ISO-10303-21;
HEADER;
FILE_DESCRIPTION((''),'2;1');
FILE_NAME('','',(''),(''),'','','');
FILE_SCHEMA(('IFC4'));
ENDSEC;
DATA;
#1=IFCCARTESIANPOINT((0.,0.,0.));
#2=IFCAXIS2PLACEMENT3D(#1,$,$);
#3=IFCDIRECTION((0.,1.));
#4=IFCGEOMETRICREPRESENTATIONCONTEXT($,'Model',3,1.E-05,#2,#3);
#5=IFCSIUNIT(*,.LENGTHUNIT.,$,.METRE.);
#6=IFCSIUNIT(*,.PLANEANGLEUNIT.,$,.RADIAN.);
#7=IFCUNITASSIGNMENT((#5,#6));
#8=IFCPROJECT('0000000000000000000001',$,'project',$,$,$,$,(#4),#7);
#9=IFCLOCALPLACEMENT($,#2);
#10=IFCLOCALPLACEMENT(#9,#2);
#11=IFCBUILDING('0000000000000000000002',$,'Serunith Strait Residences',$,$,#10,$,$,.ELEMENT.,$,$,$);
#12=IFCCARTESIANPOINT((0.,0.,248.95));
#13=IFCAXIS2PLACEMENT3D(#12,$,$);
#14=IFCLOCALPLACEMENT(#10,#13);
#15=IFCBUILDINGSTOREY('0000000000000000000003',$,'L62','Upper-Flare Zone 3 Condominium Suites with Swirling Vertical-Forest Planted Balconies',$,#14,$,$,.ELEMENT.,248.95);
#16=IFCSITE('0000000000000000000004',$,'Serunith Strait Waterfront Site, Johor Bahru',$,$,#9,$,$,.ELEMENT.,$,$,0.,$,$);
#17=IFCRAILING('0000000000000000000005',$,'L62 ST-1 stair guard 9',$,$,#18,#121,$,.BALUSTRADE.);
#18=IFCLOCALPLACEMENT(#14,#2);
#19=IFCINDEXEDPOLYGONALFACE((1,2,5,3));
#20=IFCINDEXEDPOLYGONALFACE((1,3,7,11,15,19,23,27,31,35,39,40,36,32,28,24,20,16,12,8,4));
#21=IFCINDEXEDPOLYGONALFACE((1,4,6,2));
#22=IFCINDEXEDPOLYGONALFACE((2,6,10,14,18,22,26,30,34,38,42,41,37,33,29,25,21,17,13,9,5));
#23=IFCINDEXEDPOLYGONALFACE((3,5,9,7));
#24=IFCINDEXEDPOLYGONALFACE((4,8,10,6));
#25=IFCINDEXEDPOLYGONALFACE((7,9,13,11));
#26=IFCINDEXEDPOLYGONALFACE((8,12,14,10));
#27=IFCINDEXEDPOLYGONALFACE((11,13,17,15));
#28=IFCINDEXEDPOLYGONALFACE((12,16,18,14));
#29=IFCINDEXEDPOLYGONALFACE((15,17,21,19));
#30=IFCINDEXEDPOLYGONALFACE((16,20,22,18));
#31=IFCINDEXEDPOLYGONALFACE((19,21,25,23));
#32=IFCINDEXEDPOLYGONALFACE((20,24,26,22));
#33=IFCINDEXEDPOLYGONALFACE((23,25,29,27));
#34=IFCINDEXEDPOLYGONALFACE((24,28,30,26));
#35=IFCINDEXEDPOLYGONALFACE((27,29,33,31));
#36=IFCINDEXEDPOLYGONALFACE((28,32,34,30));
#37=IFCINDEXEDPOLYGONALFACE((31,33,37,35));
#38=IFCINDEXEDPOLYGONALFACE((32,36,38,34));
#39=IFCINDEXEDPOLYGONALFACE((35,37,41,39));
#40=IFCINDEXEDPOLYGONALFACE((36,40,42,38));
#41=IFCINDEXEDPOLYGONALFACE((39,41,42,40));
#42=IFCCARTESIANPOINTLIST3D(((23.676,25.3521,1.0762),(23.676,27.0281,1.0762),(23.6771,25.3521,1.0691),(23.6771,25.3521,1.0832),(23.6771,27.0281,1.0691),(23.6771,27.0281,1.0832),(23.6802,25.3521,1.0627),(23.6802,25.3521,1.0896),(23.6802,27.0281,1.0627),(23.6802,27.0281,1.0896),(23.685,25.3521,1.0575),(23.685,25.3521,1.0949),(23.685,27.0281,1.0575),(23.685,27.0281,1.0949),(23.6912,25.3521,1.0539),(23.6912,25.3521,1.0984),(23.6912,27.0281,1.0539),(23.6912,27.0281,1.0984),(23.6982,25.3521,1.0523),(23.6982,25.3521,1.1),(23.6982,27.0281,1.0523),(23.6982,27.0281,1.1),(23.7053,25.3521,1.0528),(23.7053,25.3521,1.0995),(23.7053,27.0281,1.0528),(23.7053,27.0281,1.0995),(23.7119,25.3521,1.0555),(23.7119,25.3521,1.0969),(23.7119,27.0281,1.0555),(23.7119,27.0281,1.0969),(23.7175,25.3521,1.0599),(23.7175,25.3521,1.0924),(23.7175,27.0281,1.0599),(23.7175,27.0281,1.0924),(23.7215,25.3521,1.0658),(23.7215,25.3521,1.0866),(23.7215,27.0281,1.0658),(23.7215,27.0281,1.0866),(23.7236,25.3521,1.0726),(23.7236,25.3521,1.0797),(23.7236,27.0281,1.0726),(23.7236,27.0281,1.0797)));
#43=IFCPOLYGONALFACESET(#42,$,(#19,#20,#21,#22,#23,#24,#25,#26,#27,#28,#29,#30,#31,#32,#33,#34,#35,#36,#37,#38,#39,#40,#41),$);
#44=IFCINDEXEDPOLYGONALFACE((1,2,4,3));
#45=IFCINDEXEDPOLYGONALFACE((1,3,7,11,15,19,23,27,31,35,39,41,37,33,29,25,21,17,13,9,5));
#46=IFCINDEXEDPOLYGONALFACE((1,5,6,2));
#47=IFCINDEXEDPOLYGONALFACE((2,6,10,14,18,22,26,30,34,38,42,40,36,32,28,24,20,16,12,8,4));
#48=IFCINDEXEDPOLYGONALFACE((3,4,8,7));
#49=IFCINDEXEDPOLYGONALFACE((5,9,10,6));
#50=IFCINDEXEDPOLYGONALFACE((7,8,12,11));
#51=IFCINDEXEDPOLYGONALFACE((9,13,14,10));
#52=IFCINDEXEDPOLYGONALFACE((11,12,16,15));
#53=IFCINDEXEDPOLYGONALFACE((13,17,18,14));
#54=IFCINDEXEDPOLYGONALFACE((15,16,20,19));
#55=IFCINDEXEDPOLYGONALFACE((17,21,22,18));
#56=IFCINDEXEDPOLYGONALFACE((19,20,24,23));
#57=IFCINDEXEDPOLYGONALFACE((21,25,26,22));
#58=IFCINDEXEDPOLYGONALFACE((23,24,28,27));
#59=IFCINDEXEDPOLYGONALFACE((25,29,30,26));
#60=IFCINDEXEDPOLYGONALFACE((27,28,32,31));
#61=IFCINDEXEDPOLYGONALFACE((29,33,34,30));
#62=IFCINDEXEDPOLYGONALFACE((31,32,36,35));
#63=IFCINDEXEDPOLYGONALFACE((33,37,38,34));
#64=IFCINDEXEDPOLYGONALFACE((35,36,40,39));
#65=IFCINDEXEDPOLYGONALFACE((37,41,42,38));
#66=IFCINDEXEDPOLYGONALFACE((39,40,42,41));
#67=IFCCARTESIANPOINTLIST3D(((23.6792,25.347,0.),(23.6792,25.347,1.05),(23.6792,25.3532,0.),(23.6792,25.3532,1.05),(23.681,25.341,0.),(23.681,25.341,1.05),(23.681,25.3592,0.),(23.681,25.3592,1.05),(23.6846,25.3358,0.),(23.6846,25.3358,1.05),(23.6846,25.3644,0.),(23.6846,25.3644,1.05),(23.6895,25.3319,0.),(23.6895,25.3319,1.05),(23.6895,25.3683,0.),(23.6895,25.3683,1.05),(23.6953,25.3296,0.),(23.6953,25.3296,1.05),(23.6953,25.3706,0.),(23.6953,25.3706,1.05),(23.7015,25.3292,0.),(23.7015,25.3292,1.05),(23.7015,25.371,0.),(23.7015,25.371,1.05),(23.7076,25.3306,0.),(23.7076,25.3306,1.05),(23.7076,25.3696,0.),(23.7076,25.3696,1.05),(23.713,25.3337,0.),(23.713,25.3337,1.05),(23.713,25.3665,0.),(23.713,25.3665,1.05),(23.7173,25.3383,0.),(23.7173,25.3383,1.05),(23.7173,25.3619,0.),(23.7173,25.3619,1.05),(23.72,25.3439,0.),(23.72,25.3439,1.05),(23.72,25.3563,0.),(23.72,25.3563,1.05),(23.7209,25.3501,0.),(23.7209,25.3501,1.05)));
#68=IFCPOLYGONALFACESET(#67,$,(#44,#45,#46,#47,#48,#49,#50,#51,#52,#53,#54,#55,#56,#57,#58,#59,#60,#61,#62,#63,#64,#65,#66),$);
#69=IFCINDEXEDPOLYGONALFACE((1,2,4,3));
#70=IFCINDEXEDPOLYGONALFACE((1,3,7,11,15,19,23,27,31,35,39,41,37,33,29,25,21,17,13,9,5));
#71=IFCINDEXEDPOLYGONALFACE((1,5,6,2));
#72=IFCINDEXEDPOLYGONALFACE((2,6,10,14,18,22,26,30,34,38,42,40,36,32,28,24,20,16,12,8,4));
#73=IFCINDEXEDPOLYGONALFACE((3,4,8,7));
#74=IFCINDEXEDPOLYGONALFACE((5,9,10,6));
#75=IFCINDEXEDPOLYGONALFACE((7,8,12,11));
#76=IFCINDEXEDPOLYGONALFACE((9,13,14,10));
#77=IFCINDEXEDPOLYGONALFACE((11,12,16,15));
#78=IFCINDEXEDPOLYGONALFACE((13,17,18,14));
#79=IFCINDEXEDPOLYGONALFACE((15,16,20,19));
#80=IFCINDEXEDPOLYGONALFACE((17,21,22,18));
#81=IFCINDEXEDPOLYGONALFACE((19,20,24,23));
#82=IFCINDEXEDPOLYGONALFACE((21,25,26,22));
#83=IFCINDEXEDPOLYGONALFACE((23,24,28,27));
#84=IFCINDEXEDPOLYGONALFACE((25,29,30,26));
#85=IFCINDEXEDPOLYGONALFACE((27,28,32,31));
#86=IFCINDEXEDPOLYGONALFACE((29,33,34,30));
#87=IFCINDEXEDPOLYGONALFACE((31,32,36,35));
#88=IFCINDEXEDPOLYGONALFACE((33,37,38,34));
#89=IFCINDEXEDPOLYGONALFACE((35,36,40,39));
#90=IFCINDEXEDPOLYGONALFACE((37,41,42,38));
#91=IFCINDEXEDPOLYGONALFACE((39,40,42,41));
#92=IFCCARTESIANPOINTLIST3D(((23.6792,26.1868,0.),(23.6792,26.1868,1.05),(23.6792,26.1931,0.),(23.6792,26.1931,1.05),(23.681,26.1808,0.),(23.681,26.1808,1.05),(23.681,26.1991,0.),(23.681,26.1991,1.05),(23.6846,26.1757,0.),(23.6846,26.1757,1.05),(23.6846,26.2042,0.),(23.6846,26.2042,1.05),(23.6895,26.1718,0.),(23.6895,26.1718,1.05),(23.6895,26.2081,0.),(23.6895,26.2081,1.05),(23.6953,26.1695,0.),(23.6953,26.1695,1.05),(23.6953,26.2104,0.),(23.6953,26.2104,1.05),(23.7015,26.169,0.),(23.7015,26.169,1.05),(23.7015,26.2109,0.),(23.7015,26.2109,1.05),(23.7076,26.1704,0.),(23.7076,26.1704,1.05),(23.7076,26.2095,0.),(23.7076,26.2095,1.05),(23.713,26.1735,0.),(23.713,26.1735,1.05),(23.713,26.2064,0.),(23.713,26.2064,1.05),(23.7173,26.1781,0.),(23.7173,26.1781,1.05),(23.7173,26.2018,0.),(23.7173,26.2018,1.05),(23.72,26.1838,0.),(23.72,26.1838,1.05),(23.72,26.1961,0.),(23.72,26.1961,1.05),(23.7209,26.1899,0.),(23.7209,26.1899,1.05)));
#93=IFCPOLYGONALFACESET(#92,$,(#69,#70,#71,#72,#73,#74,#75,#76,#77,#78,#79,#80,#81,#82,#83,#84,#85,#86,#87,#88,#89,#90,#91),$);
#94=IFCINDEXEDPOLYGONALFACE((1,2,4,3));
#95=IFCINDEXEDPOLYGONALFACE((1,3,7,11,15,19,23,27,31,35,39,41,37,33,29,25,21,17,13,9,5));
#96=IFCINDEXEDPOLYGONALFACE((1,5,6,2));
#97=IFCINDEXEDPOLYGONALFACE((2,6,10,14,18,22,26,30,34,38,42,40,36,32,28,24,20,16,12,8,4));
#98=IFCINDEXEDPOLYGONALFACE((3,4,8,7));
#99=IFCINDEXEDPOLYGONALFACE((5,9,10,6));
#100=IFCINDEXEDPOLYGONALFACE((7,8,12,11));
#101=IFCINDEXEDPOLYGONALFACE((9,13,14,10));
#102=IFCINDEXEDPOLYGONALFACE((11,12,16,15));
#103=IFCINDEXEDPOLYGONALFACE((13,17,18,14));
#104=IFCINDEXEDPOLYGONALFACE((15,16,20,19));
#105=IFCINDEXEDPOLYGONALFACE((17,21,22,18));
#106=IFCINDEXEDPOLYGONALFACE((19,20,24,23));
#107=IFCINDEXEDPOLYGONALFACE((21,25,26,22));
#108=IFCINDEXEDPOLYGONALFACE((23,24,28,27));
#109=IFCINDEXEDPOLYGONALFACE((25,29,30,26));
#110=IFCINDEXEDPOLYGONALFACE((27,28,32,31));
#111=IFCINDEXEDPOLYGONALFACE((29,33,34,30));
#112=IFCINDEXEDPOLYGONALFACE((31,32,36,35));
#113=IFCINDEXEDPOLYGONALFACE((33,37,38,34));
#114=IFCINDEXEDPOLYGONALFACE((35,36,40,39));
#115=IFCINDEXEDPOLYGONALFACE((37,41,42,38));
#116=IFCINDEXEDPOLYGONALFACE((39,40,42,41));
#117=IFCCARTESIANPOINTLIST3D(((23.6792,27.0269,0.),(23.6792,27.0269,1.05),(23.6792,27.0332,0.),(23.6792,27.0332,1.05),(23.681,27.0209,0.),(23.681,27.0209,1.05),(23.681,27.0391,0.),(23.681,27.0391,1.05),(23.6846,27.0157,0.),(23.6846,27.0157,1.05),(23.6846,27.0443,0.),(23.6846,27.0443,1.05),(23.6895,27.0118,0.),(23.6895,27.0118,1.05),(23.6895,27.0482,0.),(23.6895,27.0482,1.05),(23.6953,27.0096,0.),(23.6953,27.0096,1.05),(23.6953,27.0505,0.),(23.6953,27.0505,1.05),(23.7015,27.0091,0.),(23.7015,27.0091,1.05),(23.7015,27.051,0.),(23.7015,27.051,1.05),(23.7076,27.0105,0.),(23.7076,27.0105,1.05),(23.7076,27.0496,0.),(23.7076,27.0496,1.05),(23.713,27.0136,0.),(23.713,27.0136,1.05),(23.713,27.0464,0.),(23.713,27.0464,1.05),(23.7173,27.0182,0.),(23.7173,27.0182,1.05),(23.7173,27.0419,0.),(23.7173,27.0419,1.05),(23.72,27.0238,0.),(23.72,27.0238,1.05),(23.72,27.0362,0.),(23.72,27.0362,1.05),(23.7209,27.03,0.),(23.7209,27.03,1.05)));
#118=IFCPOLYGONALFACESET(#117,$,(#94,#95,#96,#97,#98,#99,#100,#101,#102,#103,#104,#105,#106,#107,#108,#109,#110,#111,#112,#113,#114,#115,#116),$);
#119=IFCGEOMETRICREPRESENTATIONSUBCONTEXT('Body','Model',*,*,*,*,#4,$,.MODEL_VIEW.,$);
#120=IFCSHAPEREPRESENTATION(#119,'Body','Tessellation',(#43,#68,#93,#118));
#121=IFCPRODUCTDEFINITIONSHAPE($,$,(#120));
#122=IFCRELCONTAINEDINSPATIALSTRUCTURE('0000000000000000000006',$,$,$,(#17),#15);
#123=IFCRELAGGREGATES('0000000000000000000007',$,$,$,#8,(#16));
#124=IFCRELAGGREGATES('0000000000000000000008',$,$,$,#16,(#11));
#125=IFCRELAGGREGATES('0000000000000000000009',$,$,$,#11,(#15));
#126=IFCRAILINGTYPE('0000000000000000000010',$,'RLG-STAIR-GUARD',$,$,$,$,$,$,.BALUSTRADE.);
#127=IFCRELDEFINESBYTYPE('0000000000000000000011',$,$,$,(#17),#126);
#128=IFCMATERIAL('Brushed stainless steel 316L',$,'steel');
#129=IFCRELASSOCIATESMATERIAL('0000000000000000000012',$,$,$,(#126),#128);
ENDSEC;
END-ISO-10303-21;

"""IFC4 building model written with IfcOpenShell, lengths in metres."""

from ifc_helpers import new_model, si_unit, direction, frame, origin, origin_2d, place, context, subcontext, project, spatial, circle, extrude, material, type_object, element, save


model = new_model("IFC4")

# Units and contexts
model_context = context("Model", 3, precision=1e-05, world=origin(), true_north=direction((0.0, 1.0)))
body_context = subcontext(model_context, "Body", "Model", "MODEL_VIEW")
ifc_project = project(units=[si_unit("LENGTHUNIT", "METRE"), si_unit("PLANEANGLEUNIT", "RADIAN")], contexts=[model_context])

# Site, building, storey
site_placement = place(None, origin())
site = spatial("IfcSite", under=ifc_project, at=site_placement, Name="Serunith Strait Waterfront Site, Johor Bahru", CompositionType="ELEMENT", RefElevation=0.0)
building_placement = place(site_placement, origin())
building = spatial("IfcBuilding", under=site, at=building_placement, Name="Serunith Strait Residences", CompositionType="ELEMENT")
storey_placement = place(building_placement, frame((0.0, 0.0, 248.95)))
storey = spatial("IfcBuildingStorey", under=building, at=storey_placement, Name="L62", Description="Upper-Flare Zone 3 Condominium Suites with Swirling Vertical-Forest Planted Balconies", CompositionType="ELEMENT", Elevation=248.95)

# Railing
ifc_material_1 = material(Name="Brushed stainless steel 316L", Category="steel")
railing_type_1 = type_object("IfcRailingType", Name="RLG-STAIR-GUARD", PredefinedType="BALUSTRADE", material=ifc_material_1)
for number, where, name in (
    (1, (23.7, 25.3501, 0.0), "L62 ST-1 stair guard 9"),
):
    element("IfcRailing", number, at=place(storey_placement, frame(where)), inside=storey, type_object=railing_type_1, Name=name, PredefinedType="BALUSTRADE", context=body_context, shape_type="SweptSolid", body=[
        extrude(circle(Radius=0.0239, at=origin_2d()), frame((0.0, 0.002, 1.0762), z_axis=(0.0, 1.0, 0.0), x_axis=(-1.0, 0.0, 0.0)), (0.0, 0.0, 1.0), 1.676),
        extrude(circle(Radius=0.021, at=origin_2d()), origin(), (0.0, 0.0, 1.0), 1.05),
        extrude(circle(Radius=0.021, at=origin_2d()), frame((0.0, 0.8398, 0.0)), (0.0, 0.0, 1.0), 1.05),
        extrude(circle(Radius=0.021, at=origin_2d()), frame((0.0, 1.6799, 0.0)), (0.0, 0.0, 1.0), 1.05),
    ])

save(model, "model.ifc")
